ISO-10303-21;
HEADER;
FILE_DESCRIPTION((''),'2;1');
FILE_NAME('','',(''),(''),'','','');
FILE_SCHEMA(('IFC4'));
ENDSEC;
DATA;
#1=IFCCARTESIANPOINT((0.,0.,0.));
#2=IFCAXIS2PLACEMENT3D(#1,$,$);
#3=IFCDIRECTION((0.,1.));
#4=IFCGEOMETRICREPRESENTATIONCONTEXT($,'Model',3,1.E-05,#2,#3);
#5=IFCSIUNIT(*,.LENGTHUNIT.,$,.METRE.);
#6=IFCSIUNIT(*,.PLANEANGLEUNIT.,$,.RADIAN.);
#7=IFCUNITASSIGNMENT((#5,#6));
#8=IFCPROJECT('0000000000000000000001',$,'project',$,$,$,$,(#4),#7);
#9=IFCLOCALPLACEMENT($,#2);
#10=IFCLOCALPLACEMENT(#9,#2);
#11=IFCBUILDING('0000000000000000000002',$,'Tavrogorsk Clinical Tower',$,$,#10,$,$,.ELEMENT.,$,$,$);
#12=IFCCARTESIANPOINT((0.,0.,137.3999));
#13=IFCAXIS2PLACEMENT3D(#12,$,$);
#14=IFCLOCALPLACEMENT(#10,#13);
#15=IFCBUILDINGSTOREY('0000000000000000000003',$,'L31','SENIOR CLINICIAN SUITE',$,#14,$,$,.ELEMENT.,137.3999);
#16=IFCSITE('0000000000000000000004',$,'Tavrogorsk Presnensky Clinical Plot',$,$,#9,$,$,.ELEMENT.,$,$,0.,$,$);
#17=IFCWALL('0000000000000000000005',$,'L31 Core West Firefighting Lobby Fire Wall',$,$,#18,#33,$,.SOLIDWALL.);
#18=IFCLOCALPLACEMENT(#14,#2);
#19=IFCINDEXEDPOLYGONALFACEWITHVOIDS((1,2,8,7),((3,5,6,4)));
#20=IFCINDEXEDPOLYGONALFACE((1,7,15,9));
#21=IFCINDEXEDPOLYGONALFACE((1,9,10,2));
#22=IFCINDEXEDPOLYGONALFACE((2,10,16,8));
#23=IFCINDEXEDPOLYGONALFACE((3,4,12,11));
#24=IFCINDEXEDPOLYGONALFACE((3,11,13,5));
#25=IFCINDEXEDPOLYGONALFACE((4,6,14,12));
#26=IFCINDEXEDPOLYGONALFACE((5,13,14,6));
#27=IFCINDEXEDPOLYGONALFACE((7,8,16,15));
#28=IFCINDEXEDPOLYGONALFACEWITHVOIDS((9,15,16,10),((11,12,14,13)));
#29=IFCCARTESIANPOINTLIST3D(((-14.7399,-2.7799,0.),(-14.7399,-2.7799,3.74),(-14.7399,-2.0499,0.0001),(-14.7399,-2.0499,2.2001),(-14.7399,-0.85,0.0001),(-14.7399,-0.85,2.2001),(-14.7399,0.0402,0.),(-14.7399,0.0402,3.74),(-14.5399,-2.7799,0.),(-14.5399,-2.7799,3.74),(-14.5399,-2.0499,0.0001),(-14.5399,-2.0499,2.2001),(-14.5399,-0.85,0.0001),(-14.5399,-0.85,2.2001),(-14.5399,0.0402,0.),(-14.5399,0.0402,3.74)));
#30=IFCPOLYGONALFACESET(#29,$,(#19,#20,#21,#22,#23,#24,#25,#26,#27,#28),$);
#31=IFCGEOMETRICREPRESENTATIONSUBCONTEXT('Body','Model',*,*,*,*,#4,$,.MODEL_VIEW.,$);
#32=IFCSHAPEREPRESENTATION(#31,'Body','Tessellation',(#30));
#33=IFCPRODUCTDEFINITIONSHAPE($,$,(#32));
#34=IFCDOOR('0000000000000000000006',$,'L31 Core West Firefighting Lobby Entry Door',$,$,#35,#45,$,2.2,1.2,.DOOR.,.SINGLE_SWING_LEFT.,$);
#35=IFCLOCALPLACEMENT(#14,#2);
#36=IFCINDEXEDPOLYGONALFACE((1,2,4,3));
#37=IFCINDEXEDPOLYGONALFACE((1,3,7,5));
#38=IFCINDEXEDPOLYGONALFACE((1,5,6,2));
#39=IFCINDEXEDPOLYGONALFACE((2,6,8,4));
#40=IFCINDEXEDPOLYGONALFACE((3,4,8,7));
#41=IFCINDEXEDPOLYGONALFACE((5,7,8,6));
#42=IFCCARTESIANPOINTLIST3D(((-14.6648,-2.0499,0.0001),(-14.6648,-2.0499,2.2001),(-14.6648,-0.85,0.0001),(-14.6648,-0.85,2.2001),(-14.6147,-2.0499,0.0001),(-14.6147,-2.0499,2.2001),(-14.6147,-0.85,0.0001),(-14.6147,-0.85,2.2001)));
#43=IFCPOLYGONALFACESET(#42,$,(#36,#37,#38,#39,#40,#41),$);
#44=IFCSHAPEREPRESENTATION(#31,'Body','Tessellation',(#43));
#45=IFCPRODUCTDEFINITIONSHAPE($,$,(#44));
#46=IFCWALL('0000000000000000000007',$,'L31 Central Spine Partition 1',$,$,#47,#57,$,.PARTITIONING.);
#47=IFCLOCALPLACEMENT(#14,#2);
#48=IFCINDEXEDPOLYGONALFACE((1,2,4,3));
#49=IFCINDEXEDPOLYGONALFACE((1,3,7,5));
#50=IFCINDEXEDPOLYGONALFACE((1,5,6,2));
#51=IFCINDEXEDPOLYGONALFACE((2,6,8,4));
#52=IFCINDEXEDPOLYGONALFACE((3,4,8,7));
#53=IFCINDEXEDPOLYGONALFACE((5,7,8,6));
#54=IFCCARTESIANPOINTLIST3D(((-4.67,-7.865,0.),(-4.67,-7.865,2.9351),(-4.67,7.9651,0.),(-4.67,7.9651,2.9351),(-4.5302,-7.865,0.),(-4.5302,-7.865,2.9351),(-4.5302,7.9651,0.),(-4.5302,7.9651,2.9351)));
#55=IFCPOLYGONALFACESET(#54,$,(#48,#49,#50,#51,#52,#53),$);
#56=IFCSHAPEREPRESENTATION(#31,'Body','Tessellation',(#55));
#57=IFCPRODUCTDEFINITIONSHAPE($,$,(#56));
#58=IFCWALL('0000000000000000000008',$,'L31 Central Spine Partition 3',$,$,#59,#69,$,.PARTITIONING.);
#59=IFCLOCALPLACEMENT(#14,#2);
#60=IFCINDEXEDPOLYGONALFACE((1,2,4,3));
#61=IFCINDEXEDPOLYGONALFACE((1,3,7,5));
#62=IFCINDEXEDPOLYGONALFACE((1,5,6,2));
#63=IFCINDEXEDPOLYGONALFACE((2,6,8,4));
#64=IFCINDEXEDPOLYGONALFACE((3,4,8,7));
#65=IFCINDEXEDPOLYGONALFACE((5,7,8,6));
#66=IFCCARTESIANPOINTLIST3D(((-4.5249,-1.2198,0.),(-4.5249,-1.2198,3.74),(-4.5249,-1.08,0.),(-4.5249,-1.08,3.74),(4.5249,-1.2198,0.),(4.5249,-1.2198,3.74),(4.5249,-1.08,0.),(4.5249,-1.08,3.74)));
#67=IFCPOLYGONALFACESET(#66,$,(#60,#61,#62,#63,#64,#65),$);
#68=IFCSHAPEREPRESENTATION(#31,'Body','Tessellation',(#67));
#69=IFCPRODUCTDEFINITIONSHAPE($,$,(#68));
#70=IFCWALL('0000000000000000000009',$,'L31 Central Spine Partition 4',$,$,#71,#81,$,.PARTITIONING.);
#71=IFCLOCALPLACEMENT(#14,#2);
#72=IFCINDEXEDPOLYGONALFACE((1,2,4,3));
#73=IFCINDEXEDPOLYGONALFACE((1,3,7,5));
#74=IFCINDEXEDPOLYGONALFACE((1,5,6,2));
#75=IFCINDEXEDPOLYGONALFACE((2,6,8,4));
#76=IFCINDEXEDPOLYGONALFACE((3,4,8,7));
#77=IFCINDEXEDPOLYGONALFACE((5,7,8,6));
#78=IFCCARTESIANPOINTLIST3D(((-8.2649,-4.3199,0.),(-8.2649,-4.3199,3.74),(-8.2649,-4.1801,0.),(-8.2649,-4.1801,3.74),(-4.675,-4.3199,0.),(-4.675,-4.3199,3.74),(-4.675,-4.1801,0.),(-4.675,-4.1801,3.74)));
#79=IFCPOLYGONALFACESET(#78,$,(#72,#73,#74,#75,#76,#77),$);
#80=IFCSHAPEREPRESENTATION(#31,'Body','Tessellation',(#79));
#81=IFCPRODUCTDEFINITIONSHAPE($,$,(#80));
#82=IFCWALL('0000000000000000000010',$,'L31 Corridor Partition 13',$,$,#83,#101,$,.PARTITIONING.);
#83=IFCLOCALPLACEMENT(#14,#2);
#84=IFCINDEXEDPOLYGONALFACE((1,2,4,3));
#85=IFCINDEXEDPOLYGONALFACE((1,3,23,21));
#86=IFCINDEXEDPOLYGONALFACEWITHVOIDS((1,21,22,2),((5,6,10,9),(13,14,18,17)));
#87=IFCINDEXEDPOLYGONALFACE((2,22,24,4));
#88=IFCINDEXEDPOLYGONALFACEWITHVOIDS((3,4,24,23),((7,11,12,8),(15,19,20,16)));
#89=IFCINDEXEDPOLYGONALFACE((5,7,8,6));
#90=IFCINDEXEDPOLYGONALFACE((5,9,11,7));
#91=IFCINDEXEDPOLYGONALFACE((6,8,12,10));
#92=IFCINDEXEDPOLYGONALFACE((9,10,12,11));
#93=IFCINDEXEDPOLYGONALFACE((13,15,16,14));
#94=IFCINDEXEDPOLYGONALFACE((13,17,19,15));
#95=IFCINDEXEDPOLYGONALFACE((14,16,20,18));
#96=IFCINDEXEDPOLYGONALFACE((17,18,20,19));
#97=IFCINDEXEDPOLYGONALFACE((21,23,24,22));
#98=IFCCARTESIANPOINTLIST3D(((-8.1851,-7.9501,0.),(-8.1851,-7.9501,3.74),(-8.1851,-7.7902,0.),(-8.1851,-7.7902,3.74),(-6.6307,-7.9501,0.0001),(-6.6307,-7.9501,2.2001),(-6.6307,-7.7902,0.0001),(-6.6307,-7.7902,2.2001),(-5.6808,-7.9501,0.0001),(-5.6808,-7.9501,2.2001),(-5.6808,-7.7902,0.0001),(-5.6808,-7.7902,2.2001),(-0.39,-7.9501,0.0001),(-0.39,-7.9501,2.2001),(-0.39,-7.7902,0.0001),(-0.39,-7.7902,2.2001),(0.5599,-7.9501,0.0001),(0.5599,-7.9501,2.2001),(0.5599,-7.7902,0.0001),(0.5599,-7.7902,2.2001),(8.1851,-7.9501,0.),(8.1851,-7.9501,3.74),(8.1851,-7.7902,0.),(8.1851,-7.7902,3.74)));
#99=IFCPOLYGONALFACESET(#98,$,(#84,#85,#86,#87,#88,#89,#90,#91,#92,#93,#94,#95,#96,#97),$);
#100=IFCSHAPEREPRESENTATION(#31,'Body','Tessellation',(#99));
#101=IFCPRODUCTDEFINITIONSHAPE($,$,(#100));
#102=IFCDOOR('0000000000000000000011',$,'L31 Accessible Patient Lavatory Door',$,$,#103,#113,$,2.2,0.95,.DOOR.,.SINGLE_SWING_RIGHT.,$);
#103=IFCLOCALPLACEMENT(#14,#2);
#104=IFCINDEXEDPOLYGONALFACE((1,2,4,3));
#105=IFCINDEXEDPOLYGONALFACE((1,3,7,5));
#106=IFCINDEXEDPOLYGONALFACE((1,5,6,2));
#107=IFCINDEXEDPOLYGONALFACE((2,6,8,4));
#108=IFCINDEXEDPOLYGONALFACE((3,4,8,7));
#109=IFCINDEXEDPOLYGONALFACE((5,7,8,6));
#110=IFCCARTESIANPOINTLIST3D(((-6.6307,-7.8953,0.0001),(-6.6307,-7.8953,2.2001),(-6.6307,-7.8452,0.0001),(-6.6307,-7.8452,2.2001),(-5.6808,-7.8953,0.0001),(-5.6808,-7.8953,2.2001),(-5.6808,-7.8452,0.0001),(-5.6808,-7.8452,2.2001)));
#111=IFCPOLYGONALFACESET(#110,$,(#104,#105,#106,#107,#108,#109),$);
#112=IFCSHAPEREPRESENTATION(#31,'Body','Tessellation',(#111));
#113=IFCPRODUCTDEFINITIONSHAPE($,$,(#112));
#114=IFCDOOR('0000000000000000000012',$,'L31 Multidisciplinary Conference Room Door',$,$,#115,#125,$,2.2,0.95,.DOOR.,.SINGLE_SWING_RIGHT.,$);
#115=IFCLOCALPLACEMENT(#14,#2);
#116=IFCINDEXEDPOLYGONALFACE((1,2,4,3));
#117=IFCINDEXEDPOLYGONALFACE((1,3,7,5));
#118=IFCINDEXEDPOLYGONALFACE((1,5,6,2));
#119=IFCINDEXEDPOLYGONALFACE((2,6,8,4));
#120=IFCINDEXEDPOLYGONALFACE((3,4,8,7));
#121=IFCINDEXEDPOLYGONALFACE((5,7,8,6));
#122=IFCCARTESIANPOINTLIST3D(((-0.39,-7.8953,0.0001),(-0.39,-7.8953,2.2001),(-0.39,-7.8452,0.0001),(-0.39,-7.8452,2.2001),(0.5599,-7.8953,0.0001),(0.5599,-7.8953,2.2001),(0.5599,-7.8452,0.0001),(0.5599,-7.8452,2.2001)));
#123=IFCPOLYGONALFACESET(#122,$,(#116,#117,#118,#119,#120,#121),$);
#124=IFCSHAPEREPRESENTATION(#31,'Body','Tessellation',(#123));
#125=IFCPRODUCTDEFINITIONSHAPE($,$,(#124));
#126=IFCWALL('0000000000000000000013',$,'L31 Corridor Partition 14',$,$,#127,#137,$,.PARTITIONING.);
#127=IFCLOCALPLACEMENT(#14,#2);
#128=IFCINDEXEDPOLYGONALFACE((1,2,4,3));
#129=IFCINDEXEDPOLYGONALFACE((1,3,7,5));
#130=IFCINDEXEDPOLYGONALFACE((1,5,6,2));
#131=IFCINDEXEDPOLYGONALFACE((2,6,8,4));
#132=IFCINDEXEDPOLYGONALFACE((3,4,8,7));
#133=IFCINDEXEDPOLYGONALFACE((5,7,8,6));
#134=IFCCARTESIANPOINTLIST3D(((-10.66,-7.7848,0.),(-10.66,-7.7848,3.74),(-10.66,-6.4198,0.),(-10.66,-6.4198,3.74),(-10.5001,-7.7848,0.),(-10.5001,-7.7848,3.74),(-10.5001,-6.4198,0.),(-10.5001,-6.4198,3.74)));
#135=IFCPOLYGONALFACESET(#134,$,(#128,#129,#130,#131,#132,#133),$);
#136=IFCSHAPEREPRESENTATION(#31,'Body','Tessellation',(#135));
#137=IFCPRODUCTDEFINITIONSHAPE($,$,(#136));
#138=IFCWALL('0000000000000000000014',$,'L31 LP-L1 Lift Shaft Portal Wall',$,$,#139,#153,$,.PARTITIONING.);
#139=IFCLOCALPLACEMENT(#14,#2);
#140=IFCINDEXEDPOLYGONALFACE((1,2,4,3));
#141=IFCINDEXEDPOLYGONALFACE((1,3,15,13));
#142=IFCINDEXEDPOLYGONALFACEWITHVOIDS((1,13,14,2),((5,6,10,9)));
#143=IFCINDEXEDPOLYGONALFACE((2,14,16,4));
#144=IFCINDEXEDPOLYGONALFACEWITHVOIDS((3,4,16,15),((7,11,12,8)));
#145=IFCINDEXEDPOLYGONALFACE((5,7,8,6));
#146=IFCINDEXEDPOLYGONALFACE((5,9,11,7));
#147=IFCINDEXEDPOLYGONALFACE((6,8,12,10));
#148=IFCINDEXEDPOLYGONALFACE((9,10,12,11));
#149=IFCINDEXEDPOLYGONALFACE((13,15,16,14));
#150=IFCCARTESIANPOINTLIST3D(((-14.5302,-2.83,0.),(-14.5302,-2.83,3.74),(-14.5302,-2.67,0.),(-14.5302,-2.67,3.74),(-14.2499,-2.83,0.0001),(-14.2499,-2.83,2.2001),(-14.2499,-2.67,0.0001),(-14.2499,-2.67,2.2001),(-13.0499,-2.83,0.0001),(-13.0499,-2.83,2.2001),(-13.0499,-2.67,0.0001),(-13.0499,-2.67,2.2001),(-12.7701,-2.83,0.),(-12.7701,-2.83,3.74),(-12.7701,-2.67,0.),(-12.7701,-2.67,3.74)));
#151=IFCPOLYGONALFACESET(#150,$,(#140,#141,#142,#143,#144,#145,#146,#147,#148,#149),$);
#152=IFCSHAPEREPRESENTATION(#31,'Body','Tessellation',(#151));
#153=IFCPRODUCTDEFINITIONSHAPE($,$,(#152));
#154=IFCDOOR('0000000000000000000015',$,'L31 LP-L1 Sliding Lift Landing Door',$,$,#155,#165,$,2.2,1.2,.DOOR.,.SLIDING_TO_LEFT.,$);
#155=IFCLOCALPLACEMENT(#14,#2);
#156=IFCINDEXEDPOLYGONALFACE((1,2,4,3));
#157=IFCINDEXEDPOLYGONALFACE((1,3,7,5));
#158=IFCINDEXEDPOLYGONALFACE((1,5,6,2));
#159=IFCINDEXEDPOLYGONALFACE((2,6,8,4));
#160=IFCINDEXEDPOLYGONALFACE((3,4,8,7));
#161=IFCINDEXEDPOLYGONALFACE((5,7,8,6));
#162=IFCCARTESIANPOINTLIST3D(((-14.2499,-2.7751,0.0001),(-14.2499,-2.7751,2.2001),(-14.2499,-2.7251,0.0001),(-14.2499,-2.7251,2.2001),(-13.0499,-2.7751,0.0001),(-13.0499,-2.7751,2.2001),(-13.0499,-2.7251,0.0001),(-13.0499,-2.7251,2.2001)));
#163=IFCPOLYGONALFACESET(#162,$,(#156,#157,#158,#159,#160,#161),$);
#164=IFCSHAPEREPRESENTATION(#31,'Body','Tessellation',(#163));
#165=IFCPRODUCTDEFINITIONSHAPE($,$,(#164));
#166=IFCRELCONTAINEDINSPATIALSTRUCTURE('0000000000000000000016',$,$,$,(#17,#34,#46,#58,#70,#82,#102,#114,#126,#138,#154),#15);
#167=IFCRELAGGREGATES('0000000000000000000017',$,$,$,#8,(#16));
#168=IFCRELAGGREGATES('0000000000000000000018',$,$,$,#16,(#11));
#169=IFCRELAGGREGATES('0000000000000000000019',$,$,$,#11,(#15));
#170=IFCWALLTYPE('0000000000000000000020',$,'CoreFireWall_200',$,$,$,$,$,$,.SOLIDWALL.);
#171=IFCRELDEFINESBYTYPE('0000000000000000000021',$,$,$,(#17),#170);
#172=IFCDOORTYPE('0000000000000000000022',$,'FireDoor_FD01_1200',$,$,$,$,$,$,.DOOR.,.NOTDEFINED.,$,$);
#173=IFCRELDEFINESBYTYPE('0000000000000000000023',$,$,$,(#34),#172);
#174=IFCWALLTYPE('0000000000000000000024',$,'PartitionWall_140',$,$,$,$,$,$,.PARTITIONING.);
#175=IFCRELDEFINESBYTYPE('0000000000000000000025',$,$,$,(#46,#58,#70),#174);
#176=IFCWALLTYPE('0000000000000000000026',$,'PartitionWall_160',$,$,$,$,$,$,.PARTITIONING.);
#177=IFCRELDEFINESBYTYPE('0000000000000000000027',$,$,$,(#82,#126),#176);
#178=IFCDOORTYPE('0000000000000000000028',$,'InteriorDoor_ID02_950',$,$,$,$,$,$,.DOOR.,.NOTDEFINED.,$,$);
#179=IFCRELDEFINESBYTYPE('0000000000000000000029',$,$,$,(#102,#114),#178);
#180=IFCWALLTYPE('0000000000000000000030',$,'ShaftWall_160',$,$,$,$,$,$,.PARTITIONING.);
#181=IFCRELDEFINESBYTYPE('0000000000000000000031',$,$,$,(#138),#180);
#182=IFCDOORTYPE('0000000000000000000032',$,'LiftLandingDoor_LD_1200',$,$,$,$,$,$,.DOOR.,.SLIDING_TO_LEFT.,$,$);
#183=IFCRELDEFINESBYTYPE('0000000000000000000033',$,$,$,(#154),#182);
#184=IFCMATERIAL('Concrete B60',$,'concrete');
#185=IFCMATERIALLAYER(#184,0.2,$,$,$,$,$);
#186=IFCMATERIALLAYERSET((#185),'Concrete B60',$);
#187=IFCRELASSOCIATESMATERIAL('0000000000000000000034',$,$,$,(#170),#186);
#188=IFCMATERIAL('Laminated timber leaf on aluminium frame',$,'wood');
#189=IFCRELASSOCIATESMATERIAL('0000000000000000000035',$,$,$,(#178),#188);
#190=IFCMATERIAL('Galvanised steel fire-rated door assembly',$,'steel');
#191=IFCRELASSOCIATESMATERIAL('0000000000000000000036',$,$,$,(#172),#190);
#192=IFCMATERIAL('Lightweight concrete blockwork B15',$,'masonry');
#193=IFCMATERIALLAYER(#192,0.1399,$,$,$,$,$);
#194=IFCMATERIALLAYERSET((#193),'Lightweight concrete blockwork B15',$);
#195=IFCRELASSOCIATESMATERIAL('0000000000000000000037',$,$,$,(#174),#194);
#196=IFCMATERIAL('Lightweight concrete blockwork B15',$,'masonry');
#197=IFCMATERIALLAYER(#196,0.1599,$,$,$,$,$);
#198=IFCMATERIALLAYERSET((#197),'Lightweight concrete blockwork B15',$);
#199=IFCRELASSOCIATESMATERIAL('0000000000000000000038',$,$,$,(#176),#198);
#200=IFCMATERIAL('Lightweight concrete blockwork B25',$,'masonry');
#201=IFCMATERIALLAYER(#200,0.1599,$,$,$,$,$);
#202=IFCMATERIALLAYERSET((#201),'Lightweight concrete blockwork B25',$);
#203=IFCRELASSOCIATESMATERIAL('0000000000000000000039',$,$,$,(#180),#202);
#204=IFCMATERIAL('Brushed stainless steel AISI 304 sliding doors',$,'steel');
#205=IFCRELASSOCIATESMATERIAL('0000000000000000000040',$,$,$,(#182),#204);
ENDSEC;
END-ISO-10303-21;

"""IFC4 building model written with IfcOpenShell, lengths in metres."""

from ifc_helpers import new_model, si_unit, direction, frame, frame_2d, origin, place, context, subcontext, project, spatial, rectangle, extrude, material, layer, layer_set, type_object, element, fill, save


model = new_model("IFC4")

# Units and contexts
model_context = context("Model", 3, precision=1e-05, world=origin(), true_north=direction((0.0, 1.0)))
body_context = subcontext(model_context, "Body", "Model", "MODEL_VIEW")
ifc_project = project(units=[si_unit("LENGTHUNIT", "METRE"), si_unit("PLANEANGLEUNIT", "RADIAN")], contexts=[model_context])

# Site, building, storey
site_placement = place(None, origin())
site = spatial("IfcSite", under=ifc_project, at=site_placement, Name="Tavrogorsk Presnensky Clinical Plot", CompositionType="ELEMENT", RefElevation=0.0)
building_placement = place(site_placement, origin())
building = spatial("IfcBuilding", under=site, at=building_placement, Name="Tavrogorsk Clinical Tower", CompositionType="ELEMENT")
storey_placement = place(building_placement, frame((0.0, 0.0, 137.3999)))
storey = spatial("IfcBuildingStorey", under=building, at=storey_placement, Name="L31", Description="SENIOR CLINICIAN SUITE", CompositionType="ELEMENT", Elevation=137.3999)

# Wall, opening, door
ifc_material_1 = material(Name="Concrete B60", Category="concrete")
ifc_layer_1 = layer(ifc_material_1, 0.2)
ifc_layer_set_1 = layer_set([ifc_layer_1], Name="Concrete B60")
wall_type_1 = type_object("IfcWallType", Name="CoreFireWall_200", PredefinedType="SOLIDWALL", material=ifc_layer_set_1)
ifc_material_2 = material(Name="Laminated timber leaf on aluminium frame", Category="wood")
door_type_1 = type_object("IfcDoorType", Name="InteriorDoor_ID02_950", OperationType="NOTDEFINED", PredefinedType="DOOR", material=ifc_material_2)
wall_1_placement = place(storey_placement, frame((-14.6399, -2.78, 0.0), z_axis=(0.0, 0.0, 1.0), x_axis=(0.0, 1.0, 0.0)))
wall_1 = element("IfcWall", 1, at=wall_1_placement, inside=storey, type_object=wall_type_1, Name="L31 Core West Firefighting Lobby Fire Wall", PredefinedType="SOLIDWALL", context=body_context, shape_type="SweptSolid", body=[
    extrude(rectangle(XDim=2.8201, YDim=0.2, at=frame_2d((1.4102, 0.0))), origin(), (0.0, 0.0, 1.0), 3.74),
])
opening_1_placement = place(wall_1_placement, frame((0.73, 0.0, 0.0)))
opening_1 = element("IfcOpeningElement", 2, at=opening_1_placement, cuts=wall_1, PredefinedType="OPENING", context=body_context, shape_type="SweptSolid", body=[
    extrude(rectangle(XDim=1.2, YDim=2.2, at=frame_2d((0.6001, 1.1001))), frame((0.0, 0.1099, 0.0), z_axis=(0.0, -1.0, 0.0), x_axis=(1.0, 0.0, 0.0)), (0.0, 0.0, 1.0), 0.22),
])
ifc_material_3 = material(Name="Galvanised steel fire-rated door assembly", Category="steel")
door_type_2 = type_object("IfcDoorType", Name="FireDoor_FD01_1200", OperationType="NOTDEFINED", PredefinedType="DOOR", material=ifc_material_3)
door_1_placement = place(opening_1_placement, origin())
door_1 = element("IfcDoor", 3, at=door_1_placement, inside=storey, type_object=door_type_2, Name="L31 Core West Firefighting Lobby Entry Door", OperationType="SINGLE_SWING_LEFT", OverallHeight=2.2, OverallWidth=1.2, PredefinedType="DOOR", context=body_context, shape_type="SweptSolid", body=[
    extrude(rectangle(XDim=1.2, YDim=2.2, at=frame_2d((0.6001, 1.1001))), frame((0.0, 0.0249, 0.0), z_axis=(0.0, -1.0, 0.0), x_axis=(1.0, 0.0, 0.0)), (0.0, 0.0, 1.0), 0.05),
])
fill(opening_1, door_1)

# Walls
ifc_material_4 = material(Name="Lightweight concrete blockwork B15", Category="masonry")
ifc_layer_2 = layer(ifc_material_4, 0.1399)
ifc_layer_set_2 = layer_set([ifc_layer_2], Name="Lightweight concrete blockwork B15")
wall_type_2 = type_object("IfcWallType", Name="PartitionWall_140", PredefinedType="PARTITIONING", material=ifc_layer_set_2)
wall_2_placement = place(storey_placement, frame((-4.6001, -7.865, 0.0), z_axis=(0.0, 0.0, 1.0), x_axis=(0.0, 1.0, 0.0)))
element("IfcWall", 4, at=wall_2_placement, inside=storey, type_object=wall_type_2, Name="L31 Central Spine Partition 1", PredefinedType="PARTITIONING", context=body_context, shape_type="SweptSolid", body=[
    extrude(rectangle(XDim=15.8301, YDim=0.1399, at=frame_2d((7.915, 0.0))), origin(), (0.0, 0.0, 1.0), 2.9351),
])
wall_3_placement = place(storey_placement, frame((-4.5249, -1.1499, 0.0), z_axis=(0.0, 0.0, 1.0), x_axis=(1.0, 0.0, 0.0)))
element("IfcWall", 5, at=wall_3_placement, inside=storey, type_object=wall_type_2, Name="L31 Central Spine Partition 3", PredefinedType="PARTITIONING", context=body_context, shape_type="SweptSolid", body=[
    extrude(rectangle(XDim=9.0498, YDim=0.1399, at=frame_2d((4.5249, 0.0))), origin(), (0.0, 0.0, 1.0), 3.74),
])
wall_4_placement = place(storey_placement, frame((-8.2649, -4.25, 0.0), z_axis=(0.0, 0.0, 1.0), x_axis=(1.0, 0.0, 0.0)))
element("IfcWall", 6, at=wall_4_placement, inside=storey, type_object=wall_type_2, Name="L31 Central Spine Partition 4", PredefinedType="PARTITIONING", context=body_context, shape_type="SweptSolid", body=[
    extrude(rectangle(XDim=3.5898, YDim=0.1399, at=frame_2d((1.7949, 0.0))), origin(), (0.0, 0.0, 1.0), 3.74),
])

# Wall, openings, doors
ifc_material_5 = material(Name="Lightweight concrete blockwork B15", Category="masonry")
ifc_layer_3 = layer(ifc_material_5, 0.1599)
ifc_layer_set_3 = layer_set([ifc_layer_3], Name="Lightweight concrete blockwork B15")
wall_type_3 = type_object("IfcWallType", Name="PartitionWall_160", PredefinedType="PARTITIONING", material=ifc_layer_set_3)
wall_5_placement = place(storey_placement, frame((-8.1851, -7.8701, 0.0), z_axis=(0.0, 0.0, 1.0), x_axis=(1.0, 0.0, 0.0)))
wall_5 = element("IfcWall", 7, at=wall_5_placement, inside=storey, type_object=wall_type_3, Name="L31 Corridor Partition 13", PredefinedType="PARTITIONING", context=body_context, shape_type="SweptSolid", body=[
    extrude(rectangle(XDim=16.3701, YDim=0.1599, at=frame_2d((8.1851, 0.0))), origin(), (0.0, 0.0, 1.0), 3.74),
])
opening_2_placement = place(wall_5_placement, frame((1.5542, 0.0, 0.0)))
opening_2 = element("IfcOpeningElement", 8, at=opening_2_placement, cuts=wall_5, PredefinedType="OPENING", context=body_context, shape_type="SweptSolid", body=[
    extrude(rectangle(XDim=0.95, YDim=2.2, at=frame_2d((0.4751, 1.1001))), frame((0.0, 0.0898, 0.0), z_axis=(0.0, -1.0, 0.0), x_axis=(1.0, 0.0, 0.0)), (0.0, 0.0, 1.0), 0.1799),
])
opening_3_placement = place(wall_5_placement, frame((7.7949, 0.0, 0.0)))
opening_3 = element("IfcOpeningElement", 9, at=opening_3_placement, cuts=wall_5, PredefinedType="OPENING", context=body_context, shape_type="SweptSolid", body=[
    extrude(rectangle(XDim=0.95, YDim=2.2, at=frame_2d((0.4751, 1.1001))), frame((0.0, 0.0898, 0.0), z_axis=(0.0, -1.0, 0.0), x_axis=(1.0, 0.0, 0.0)), (0.0, 0.0, 1.0), 0.1799),
])
door_2_placement = place(opening_2_placement, origin())
door_2 = element("IfcDoor", 10, at=door_2_placement, inside=storey, type_object=door_type_1, Name="L31 Accessible Patient Lavatory Door", OperationType="SINGLE_SWING_RIGHT", OverallHeight=2.2, OverallWidth=0.95, PredefinedType="DOOR", context=body_context, shape_type="SweptSolid", body=[
    extrude(rectangle(XDim=0.95, YDim=2.2, at=frame_2d((0.4751, 1.1001))), frame((0.0, 0.0249, 0.0), z_axis=(0.0, -1.0, 0.0), x_axis=(1.0, 0.0, 0.0)), (0.0, 0.0, 1.0), 0.05),
])
fill(opening_2, door_2)
door_3_placement = place(opening_3_placement, origin())
door_3 = element("IfcDoor", 11, at=door_3_placement, inside=storey, type_object=door_type_1, Name="L31 Multidisciplinary Conference Room Door", OperationType="SINGLE_SWING_RIGHT", OverallHeight=2.2, OverallWidth=0.95, PredefinedType="DOOR", context=body_context, shape_type="SweptSolid", body=[
    extrude(rectangle(XDim=0.95, YDim=2.2, at=frame_2d((0.4751, 1.1001))), frame((0.0, 0.0249, 0.0), z_axis=(0.0, -1.0, 0.0), x_axis=(1.0, 0.0, 0.0)), (0.0, 0.0, 1.0), 0.05),
])
fill(opening_3, door_3)

# Wall
wall_6_placement = place(storey_placement, frame((-10.5801, -7.7849, 0.0), z_axis=(0.0, 0.0, 1.0), x_axis=(0.0, 1.0, 0.0)))
element("IfcWall", 12, at=wall_6_placement, inside=storey, type_object=wall_type_3, Name="L31 Corridor Partition 14", PredefinedType="PARTITIONING", context=body_context, shape_type="SweptSolid", body=[
    extrude(rectangle(XDim=1.365, YDim=0.1599, at=frame_2d((0.6826, 0.0))), origin(), (0.0, 0.0, 1.0), 3.74),
])

# Wall, opening, door
ifc_material_6 = material(Name="Lightweight concrete blockwork B25", Category="masonry")
ifc_layer_4 = layer(ifc_material_6, 0.1599)
ifc_layer_set_4 = layer_set([ifc_layer_4], Name="Lightweight concrete blockwork B25")
wall_type_4 = type_object("IfcWallType", Name="ShaftWall_160", PredefinedType="PARTITIONING", material=ifc_layer_set_4)
wall_7_placement = place(storey_placement, frame((-14.53, -2.75, 0.0), z_axis=(0.0, 0.0, 1.0), x_axis=(1.0, 0.0, 0.0)))
wall_7 = element("IfcWall", 13, at=wall_7_placement, inside=storey, type_object=wall_type_4, Name="L31 LP-L1 Lift Shaft Portal Wall", PredefinedType="PARTITIONING", context=body_context, shape_type="SweptSolid", body=[
    extrude(rectangle(XDim=1.76, YDim=0.1599, at=frame_2d((0.8799, 0.0))), origin(), (0.0, 0.0, 1.0), 3.74),
])
opening_4_placement = place(wall_7_placement, frame((0.28, 0.0, 0.0)))
opening_4 = element("IfcOpeningElement", 14, at=opening_4_placement, cuts=wall_7, PredefinedType="OPENING", context=body_context, shape_type="SweptSolid", body=[
    extrude(rectangle(XDim=1.2, YDim=2.2, at=frame_2d((0.6001, 1.1001))), frame((0.0, 0.0898, 0.0), z_axis=(0.0, -1.0, 0.0), x_axis=(1.0, 0.0, 0.0)), (0.0, 0.0, 1.0), 0.1799),
])
ifc_material_7 = material(Name="Brushed stainless steel AISI 304 sliding doors", Category="steel")
door_type_3 = type_object("IfcDoorType", Name="LiftLandingDoor_LD_1200", OperationType="SLIDING_TO_LEFT", PredefinedType="DOOR", material=ifc_material_7)
door_4_placement = place(opening_4_placement, origin())
door_4 = element("IfcDoor", 15, at=door_4_placement, inside=storey, type_object=door_type_3, Name="L31 LP-L1 Sliding Lift Landing Door", OperationType="SLIDING_TO_LEFT", OverallHeight=2.2, OverallWidth=1.2, PredefinedType="DOOR", context=body_context, shape_type="SweptSolid", body=[
    extrude(rectangle(XDim=1.2, YDim=2.2, at=frame_2d((0.6001, 1.1001))), frame((0.0, 0.0249, 0.0), z_axis=(0.0, -1.0, 0.0), x_axis=(1.0, 0.0, 0.0)), (0.0, 0.0, 1.0), 0.05),
])
fill(opening_4, door_4)

save(model, "model.ifc")
